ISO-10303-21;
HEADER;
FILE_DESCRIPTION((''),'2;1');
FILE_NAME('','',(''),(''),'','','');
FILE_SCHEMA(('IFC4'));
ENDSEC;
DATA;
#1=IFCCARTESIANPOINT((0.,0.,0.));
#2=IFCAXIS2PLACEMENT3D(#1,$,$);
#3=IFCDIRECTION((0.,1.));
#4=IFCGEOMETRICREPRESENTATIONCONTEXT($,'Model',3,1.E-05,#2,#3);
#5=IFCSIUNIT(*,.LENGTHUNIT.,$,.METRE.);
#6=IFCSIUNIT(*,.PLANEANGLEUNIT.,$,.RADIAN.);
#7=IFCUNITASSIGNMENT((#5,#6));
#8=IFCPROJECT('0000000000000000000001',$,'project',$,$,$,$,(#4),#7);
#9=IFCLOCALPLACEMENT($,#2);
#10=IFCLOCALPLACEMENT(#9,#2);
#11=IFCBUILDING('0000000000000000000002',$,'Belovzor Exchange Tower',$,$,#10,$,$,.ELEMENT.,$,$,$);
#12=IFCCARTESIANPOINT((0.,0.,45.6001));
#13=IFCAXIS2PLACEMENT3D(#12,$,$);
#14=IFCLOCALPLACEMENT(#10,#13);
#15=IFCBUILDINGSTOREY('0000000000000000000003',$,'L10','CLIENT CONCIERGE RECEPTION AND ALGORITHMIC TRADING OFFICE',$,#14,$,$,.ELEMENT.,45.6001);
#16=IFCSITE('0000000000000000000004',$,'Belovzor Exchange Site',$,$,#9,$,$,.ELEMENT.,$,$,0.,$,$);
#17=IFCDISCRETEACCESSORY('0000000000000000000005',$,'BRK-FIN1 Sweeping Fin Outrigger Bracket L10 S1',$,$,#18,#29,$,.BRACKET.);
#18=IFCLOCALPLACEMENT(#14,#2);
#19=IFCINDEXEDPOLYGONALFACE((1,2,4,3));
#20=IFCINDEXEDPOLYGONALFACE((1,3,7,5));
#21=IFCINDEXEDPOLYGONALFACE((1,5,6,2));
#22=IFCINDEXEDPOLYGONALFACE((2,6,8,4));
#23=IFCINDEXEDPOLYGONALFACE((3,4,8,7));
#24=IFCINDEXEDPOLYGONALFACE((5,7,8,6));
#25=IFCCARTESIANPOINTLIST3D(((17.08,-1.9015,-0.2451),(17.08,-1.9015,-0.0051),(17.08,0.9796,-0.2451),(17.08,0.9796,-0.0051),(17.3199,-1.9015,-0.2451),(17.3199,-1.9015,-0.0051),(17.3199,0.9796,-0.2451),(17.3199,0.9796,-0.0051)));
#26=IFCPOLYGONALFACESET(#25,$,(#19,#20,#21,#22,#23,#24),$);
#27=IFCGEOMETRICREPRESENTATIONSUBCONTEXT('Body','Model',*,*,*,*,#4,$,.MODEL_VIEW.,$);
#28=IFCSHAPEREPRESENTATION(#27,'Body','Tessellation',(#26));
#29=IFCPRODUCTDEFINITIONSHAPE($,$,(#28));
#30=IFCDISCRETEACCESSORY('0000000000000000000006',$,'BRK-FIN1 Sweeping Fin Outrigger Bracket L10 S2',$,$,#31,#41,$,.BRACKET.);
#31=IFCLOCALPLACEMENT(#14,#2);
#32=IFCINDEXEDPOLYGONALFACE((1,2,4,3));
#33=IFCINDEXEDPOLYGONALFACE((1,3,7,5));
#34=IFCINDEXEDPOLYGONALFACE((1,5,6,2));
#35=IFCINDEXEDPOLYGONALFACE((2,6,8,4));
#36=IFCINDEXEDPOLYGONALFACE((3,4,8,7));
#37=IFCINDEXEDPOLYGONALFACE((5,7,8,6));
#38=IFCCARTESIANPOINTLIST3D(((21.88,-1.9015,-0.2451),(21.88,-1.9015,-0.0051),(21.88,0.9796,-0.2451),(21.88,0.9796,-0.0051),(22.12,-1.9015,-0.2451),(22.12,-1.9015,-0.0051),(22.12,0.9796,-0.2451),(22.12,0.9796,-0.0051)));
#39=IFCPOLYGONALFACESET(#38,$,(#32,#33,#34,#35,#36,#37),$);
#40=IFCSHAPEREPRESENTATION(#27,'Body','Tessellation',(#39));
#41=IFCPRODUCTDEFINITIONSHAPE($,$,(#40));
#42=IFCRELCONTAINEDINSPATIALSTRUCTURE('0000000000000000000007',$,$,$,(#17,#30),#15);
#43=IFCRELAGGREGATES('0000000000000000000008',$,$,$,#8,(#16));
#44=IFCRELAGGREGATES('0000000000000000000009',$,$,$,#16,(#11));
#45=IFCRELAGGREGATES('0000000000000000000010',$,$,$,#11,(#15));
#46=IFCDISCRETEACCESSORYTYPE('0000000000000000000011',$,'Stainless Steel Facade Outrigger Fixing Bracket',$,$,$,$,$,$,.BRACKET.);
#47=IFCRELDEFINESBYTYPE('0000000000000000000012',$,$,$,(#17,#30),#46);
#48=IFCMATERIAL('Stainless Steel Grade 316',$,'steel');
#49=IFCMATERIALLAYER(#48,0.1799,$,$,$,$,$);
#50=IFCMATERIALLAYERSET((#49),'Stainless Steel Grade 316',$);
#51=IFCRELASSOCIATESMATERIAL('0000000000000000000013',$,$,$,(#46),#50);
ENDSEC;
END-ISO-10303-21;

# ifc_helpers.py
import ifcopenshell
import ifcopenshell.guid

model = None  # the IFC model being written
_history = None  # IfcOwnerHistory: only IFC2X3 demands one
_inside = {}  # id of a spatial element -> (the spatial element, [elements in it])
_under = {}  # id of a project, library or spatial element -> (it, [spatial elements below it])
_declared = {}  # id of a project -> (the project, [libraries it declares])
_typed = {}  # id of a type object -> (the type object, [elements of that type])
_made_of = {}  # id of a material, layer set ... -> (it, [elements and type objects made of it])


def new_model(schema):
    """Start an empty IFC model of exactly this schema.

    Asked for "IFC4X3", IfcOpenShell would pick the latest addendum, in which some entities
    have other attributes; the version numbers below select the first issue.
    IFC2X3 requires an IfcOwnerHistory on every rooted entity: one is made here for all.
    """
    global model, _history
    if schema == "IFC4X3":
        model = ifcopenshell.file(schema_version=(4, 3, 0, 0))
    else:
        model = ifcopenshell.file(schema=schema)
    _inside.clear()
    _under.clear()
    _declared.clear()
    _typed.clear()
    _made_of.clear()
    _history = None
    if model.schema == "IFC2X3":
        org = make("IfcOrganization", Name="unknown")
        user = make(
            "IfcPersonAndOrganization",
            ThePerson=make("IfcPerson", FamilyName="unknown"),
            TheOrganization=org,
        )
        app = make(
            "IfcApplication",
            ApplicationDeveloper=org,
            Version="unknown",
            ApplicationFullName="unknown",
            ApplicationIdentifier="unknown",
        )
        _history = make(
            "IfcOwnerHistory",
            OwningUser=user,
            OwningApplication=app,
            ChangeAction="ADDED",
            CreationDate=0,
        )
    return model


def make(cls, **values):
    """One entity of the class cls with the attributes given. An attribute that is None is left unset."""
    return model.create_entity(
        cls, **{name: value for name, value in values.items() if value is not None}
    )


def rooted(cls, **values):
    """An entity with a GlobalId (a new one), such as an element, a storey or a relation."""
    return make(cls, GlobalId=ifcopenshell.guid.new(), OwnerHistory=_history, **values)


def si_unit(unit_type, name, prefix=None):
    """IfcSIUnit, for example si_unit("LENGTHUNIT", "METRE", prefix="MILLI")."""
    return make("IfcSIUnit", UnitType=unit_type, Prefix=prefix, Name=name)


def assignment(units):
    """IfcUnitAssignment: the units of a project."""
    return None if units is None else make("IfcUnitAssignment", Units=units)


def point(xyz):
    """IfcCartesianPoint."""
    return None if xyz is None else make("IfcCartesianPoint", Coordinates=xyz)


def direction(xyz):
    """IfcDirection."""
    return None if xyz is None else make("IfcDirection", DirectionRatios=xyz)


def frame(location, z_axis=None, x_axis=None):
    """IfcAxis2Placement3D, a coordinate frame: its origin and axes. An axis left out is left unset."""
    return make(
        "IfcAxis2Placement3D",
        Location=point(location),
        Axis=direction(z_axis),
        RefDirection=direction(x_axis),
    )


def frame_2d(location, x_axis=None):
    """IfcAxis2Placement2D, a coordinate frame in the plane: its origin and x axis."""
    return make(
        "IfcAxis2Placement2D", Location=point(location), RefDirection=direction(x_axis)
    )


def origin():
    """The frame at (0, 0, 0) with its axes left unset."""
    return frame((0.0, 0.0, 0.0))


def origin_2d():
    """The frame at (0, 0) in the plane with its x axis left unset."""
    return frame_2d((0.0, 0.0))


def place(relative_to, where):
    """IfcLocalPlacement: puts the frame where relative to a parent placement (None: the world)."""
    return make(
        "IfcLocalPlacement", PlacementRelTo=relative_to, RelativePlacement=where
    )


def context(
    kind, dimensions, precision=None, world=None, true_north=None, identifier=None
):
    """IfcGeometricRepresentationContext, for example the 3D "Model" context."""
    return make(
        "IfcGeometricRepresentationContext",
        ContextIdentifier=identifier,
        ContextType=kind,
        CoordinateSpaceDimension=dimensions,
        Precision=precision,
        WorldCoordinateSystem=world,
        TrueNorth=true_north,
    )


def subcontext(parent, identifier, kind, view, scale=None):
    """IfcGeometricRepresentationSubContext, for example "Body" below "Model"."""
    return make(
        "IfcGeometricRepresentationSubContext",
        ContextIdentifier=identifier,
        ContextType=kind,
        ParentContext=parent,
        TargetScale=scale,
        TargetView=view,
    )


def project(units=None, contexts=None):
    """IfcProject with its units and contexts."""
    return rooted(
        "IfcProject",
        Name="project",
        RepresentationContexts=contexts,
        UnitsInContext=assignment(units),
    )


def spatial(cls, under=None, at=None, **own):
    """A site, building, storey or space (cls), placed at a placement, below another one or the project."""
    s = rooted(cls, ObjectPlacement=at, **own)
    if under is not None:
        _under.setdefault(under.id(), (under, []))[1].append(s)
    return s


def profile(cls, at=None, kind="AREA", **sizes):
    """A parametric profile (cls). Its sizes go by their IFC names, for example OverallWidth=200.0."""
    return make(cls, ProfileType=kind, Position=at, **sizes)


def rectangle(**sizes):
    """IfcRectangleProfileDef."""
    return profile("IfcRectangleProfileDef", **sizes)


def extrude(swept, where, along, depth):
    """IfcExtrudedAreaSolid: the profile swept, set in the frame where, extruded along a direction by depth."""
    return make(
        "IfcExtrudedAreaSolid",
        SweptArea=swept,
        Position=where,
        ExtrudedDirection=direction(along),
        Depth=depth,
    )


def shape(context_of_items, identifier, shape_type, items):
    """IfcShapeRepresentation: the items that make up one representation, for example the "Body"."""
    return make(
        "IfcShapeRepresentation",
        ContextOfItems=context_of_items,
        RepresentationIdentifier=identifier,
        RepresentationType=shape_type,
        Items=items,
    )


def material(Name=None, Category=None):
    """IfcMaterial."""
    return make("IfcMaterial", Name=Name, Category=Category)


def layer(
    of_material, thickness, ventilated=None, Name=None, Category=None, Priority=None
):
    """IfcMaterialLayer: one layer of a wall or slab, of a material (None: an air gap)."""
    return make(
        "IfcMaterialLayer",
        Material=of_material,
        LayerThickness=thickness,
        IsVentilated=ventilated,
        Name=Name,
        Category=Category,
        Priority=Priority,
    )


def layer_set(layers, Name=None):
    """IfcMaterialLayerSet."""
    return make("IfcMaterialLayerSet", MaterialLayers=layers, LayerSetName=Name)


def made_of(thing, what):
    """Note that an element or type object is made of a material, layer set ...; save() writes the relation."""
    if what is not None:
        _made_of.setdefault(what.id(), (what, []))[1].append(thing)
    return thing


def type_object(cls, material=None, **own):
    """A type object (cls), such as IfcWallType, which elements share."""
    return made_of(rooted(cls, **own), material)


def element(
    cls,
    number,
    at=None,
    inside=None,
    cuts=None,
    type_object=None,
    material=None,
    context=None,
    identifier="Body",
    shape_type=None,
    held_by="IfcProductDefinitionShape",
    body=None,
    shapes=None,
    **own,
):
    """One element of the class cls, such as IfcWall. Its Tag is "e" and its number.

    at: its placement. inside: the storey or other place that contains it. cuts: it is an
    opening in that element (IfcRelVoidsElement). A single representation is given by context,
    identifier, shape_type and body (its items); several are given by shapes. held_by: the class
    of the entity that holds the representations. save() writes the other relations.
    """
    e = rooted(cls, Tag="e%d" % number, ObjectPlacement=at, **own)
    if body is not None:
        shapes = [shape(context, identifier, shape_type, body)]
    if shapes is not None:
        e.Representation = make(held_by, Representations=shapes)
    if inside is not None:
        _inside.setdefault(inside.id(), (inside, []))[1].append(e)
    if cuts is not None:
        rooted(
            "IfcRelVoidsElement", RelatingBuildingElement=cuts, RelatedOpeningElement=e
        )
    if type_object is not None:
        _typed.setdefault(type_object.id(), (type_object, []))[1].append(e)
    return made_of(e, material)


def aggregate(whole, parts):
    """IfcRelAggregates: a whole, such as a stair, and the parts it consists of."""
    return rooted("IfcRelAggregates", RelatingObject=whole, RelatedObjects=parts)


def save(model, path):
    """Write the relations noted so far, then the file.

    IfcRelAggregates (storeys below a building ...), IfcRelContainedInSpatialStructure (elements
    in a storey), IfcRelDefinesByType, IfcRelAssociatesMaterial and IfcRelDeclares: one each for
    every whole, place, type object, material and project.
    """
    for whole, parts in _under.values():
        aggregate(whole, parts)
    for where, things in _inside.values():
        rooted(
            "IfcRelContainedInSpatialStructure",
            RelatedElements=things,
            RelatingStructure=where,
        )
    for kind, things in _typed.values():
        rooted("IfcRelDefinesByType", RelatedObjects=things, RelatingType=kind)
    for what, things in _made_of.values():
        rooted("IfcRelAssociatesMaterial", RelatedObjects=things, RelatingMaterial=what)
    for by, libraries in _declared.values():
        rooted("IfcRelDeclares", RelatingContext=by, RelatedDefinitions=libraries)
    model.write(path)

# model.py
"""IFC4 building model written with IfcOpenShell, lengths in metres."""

from ifc_helpers import new_model, si_unit, direction, frame, origin, origin_2d, place, context, subcontext, project, spatial, rectangle, extrude, material, layer, layer_set, type_object, element, save


model = new_model("IFC4")

# Units and contexts
model_context = context("Model", 3, precision=1e-05, world=origin(), true_north=direction((0.0, 1.0)))
body_context = subcontext(model_context, "Body", "Model", "MODEL_VIEW")
ifc_project = project(units=[si_unit("LENGTHUNIT", "METRE"), si_unit("PLANEANGLEUNIT", "RADIAN")], contexts=[model_context])

# Site, building, storey
site_placement = place(None, origin())
site = spatial("IfcSite", under=ifc_project, at=site_placement, Name="Belovzor Exchange Site", CompositionType="ELEMENT", RefElevation=0.0)
building_placement = place(site_placement, origin())
building = spatial("IfcBuilding", under=site, at=building_placement, Name="Belovzor Exchange Tower", CompositionType="ELEMENT")
storey_placement = place(building_placement, frame((0.0, 0.0, 45.6001)))
storey = spatial("IfcBuildingStorey", under=building, at=storey_placement, Name="L10", Description="CLIENT CONCIERGE RECEPTION AND ALGORITHMIC TRADING OFFICE", CompositionType="ELEMENT", Elevation=45.6001)

# Discrete accessories
ifc_material_1 = material(Name="Stainless Steel Grade 316", Category="steel")
ifc_layer_1 = layer(ifc_material_1, 0.1799)
ifc_layer_set_1 = layer_set([ifc_layer_1], Name="Stainless Steel Grade 316")
discrete_accessory_type = type_object("IfcDiscreteAccessoryType", Name="Stainless Steel Facade Outrigger Fixing Bracket", PredefinedType="BRACKET", material=ifc_layer_set_1)
for number, where, z_axis, x_axis, name in (
    (1, (17.2, -0.4609, -0.2451), (0.0, 0.0, 1.0), (0.0, 1.0, 0.0), "BRK-FIN1 Sweeping Fin Outrigger Bracket L10 S1"),
    (2, (22.0, -0.4609, -0.2451), (0.0, 0.0, 1.0), (0.0, 1.0, 0.0), "BRK-FIN1 Sweeping Fin Outrigger Bracket L10 S2"),
):
    element("IfcDiscreteAccessory", number, at=place(storey_placement, frame(where, z_axis=z_axis, x_axis=x_axis)), inside=storey, type_object=discrete_accessory_type, Name=name, PredefinedType="BRACKET", context=body_context, shape_type="SweptSolid", body=[
        extrude(rectangle(XDim=2.8811, YDim=0.24, at=origin_2d()), origin(), (0.0, 0.0, 1.0), 0.24),
    ])

save(model, "model.ifc")
